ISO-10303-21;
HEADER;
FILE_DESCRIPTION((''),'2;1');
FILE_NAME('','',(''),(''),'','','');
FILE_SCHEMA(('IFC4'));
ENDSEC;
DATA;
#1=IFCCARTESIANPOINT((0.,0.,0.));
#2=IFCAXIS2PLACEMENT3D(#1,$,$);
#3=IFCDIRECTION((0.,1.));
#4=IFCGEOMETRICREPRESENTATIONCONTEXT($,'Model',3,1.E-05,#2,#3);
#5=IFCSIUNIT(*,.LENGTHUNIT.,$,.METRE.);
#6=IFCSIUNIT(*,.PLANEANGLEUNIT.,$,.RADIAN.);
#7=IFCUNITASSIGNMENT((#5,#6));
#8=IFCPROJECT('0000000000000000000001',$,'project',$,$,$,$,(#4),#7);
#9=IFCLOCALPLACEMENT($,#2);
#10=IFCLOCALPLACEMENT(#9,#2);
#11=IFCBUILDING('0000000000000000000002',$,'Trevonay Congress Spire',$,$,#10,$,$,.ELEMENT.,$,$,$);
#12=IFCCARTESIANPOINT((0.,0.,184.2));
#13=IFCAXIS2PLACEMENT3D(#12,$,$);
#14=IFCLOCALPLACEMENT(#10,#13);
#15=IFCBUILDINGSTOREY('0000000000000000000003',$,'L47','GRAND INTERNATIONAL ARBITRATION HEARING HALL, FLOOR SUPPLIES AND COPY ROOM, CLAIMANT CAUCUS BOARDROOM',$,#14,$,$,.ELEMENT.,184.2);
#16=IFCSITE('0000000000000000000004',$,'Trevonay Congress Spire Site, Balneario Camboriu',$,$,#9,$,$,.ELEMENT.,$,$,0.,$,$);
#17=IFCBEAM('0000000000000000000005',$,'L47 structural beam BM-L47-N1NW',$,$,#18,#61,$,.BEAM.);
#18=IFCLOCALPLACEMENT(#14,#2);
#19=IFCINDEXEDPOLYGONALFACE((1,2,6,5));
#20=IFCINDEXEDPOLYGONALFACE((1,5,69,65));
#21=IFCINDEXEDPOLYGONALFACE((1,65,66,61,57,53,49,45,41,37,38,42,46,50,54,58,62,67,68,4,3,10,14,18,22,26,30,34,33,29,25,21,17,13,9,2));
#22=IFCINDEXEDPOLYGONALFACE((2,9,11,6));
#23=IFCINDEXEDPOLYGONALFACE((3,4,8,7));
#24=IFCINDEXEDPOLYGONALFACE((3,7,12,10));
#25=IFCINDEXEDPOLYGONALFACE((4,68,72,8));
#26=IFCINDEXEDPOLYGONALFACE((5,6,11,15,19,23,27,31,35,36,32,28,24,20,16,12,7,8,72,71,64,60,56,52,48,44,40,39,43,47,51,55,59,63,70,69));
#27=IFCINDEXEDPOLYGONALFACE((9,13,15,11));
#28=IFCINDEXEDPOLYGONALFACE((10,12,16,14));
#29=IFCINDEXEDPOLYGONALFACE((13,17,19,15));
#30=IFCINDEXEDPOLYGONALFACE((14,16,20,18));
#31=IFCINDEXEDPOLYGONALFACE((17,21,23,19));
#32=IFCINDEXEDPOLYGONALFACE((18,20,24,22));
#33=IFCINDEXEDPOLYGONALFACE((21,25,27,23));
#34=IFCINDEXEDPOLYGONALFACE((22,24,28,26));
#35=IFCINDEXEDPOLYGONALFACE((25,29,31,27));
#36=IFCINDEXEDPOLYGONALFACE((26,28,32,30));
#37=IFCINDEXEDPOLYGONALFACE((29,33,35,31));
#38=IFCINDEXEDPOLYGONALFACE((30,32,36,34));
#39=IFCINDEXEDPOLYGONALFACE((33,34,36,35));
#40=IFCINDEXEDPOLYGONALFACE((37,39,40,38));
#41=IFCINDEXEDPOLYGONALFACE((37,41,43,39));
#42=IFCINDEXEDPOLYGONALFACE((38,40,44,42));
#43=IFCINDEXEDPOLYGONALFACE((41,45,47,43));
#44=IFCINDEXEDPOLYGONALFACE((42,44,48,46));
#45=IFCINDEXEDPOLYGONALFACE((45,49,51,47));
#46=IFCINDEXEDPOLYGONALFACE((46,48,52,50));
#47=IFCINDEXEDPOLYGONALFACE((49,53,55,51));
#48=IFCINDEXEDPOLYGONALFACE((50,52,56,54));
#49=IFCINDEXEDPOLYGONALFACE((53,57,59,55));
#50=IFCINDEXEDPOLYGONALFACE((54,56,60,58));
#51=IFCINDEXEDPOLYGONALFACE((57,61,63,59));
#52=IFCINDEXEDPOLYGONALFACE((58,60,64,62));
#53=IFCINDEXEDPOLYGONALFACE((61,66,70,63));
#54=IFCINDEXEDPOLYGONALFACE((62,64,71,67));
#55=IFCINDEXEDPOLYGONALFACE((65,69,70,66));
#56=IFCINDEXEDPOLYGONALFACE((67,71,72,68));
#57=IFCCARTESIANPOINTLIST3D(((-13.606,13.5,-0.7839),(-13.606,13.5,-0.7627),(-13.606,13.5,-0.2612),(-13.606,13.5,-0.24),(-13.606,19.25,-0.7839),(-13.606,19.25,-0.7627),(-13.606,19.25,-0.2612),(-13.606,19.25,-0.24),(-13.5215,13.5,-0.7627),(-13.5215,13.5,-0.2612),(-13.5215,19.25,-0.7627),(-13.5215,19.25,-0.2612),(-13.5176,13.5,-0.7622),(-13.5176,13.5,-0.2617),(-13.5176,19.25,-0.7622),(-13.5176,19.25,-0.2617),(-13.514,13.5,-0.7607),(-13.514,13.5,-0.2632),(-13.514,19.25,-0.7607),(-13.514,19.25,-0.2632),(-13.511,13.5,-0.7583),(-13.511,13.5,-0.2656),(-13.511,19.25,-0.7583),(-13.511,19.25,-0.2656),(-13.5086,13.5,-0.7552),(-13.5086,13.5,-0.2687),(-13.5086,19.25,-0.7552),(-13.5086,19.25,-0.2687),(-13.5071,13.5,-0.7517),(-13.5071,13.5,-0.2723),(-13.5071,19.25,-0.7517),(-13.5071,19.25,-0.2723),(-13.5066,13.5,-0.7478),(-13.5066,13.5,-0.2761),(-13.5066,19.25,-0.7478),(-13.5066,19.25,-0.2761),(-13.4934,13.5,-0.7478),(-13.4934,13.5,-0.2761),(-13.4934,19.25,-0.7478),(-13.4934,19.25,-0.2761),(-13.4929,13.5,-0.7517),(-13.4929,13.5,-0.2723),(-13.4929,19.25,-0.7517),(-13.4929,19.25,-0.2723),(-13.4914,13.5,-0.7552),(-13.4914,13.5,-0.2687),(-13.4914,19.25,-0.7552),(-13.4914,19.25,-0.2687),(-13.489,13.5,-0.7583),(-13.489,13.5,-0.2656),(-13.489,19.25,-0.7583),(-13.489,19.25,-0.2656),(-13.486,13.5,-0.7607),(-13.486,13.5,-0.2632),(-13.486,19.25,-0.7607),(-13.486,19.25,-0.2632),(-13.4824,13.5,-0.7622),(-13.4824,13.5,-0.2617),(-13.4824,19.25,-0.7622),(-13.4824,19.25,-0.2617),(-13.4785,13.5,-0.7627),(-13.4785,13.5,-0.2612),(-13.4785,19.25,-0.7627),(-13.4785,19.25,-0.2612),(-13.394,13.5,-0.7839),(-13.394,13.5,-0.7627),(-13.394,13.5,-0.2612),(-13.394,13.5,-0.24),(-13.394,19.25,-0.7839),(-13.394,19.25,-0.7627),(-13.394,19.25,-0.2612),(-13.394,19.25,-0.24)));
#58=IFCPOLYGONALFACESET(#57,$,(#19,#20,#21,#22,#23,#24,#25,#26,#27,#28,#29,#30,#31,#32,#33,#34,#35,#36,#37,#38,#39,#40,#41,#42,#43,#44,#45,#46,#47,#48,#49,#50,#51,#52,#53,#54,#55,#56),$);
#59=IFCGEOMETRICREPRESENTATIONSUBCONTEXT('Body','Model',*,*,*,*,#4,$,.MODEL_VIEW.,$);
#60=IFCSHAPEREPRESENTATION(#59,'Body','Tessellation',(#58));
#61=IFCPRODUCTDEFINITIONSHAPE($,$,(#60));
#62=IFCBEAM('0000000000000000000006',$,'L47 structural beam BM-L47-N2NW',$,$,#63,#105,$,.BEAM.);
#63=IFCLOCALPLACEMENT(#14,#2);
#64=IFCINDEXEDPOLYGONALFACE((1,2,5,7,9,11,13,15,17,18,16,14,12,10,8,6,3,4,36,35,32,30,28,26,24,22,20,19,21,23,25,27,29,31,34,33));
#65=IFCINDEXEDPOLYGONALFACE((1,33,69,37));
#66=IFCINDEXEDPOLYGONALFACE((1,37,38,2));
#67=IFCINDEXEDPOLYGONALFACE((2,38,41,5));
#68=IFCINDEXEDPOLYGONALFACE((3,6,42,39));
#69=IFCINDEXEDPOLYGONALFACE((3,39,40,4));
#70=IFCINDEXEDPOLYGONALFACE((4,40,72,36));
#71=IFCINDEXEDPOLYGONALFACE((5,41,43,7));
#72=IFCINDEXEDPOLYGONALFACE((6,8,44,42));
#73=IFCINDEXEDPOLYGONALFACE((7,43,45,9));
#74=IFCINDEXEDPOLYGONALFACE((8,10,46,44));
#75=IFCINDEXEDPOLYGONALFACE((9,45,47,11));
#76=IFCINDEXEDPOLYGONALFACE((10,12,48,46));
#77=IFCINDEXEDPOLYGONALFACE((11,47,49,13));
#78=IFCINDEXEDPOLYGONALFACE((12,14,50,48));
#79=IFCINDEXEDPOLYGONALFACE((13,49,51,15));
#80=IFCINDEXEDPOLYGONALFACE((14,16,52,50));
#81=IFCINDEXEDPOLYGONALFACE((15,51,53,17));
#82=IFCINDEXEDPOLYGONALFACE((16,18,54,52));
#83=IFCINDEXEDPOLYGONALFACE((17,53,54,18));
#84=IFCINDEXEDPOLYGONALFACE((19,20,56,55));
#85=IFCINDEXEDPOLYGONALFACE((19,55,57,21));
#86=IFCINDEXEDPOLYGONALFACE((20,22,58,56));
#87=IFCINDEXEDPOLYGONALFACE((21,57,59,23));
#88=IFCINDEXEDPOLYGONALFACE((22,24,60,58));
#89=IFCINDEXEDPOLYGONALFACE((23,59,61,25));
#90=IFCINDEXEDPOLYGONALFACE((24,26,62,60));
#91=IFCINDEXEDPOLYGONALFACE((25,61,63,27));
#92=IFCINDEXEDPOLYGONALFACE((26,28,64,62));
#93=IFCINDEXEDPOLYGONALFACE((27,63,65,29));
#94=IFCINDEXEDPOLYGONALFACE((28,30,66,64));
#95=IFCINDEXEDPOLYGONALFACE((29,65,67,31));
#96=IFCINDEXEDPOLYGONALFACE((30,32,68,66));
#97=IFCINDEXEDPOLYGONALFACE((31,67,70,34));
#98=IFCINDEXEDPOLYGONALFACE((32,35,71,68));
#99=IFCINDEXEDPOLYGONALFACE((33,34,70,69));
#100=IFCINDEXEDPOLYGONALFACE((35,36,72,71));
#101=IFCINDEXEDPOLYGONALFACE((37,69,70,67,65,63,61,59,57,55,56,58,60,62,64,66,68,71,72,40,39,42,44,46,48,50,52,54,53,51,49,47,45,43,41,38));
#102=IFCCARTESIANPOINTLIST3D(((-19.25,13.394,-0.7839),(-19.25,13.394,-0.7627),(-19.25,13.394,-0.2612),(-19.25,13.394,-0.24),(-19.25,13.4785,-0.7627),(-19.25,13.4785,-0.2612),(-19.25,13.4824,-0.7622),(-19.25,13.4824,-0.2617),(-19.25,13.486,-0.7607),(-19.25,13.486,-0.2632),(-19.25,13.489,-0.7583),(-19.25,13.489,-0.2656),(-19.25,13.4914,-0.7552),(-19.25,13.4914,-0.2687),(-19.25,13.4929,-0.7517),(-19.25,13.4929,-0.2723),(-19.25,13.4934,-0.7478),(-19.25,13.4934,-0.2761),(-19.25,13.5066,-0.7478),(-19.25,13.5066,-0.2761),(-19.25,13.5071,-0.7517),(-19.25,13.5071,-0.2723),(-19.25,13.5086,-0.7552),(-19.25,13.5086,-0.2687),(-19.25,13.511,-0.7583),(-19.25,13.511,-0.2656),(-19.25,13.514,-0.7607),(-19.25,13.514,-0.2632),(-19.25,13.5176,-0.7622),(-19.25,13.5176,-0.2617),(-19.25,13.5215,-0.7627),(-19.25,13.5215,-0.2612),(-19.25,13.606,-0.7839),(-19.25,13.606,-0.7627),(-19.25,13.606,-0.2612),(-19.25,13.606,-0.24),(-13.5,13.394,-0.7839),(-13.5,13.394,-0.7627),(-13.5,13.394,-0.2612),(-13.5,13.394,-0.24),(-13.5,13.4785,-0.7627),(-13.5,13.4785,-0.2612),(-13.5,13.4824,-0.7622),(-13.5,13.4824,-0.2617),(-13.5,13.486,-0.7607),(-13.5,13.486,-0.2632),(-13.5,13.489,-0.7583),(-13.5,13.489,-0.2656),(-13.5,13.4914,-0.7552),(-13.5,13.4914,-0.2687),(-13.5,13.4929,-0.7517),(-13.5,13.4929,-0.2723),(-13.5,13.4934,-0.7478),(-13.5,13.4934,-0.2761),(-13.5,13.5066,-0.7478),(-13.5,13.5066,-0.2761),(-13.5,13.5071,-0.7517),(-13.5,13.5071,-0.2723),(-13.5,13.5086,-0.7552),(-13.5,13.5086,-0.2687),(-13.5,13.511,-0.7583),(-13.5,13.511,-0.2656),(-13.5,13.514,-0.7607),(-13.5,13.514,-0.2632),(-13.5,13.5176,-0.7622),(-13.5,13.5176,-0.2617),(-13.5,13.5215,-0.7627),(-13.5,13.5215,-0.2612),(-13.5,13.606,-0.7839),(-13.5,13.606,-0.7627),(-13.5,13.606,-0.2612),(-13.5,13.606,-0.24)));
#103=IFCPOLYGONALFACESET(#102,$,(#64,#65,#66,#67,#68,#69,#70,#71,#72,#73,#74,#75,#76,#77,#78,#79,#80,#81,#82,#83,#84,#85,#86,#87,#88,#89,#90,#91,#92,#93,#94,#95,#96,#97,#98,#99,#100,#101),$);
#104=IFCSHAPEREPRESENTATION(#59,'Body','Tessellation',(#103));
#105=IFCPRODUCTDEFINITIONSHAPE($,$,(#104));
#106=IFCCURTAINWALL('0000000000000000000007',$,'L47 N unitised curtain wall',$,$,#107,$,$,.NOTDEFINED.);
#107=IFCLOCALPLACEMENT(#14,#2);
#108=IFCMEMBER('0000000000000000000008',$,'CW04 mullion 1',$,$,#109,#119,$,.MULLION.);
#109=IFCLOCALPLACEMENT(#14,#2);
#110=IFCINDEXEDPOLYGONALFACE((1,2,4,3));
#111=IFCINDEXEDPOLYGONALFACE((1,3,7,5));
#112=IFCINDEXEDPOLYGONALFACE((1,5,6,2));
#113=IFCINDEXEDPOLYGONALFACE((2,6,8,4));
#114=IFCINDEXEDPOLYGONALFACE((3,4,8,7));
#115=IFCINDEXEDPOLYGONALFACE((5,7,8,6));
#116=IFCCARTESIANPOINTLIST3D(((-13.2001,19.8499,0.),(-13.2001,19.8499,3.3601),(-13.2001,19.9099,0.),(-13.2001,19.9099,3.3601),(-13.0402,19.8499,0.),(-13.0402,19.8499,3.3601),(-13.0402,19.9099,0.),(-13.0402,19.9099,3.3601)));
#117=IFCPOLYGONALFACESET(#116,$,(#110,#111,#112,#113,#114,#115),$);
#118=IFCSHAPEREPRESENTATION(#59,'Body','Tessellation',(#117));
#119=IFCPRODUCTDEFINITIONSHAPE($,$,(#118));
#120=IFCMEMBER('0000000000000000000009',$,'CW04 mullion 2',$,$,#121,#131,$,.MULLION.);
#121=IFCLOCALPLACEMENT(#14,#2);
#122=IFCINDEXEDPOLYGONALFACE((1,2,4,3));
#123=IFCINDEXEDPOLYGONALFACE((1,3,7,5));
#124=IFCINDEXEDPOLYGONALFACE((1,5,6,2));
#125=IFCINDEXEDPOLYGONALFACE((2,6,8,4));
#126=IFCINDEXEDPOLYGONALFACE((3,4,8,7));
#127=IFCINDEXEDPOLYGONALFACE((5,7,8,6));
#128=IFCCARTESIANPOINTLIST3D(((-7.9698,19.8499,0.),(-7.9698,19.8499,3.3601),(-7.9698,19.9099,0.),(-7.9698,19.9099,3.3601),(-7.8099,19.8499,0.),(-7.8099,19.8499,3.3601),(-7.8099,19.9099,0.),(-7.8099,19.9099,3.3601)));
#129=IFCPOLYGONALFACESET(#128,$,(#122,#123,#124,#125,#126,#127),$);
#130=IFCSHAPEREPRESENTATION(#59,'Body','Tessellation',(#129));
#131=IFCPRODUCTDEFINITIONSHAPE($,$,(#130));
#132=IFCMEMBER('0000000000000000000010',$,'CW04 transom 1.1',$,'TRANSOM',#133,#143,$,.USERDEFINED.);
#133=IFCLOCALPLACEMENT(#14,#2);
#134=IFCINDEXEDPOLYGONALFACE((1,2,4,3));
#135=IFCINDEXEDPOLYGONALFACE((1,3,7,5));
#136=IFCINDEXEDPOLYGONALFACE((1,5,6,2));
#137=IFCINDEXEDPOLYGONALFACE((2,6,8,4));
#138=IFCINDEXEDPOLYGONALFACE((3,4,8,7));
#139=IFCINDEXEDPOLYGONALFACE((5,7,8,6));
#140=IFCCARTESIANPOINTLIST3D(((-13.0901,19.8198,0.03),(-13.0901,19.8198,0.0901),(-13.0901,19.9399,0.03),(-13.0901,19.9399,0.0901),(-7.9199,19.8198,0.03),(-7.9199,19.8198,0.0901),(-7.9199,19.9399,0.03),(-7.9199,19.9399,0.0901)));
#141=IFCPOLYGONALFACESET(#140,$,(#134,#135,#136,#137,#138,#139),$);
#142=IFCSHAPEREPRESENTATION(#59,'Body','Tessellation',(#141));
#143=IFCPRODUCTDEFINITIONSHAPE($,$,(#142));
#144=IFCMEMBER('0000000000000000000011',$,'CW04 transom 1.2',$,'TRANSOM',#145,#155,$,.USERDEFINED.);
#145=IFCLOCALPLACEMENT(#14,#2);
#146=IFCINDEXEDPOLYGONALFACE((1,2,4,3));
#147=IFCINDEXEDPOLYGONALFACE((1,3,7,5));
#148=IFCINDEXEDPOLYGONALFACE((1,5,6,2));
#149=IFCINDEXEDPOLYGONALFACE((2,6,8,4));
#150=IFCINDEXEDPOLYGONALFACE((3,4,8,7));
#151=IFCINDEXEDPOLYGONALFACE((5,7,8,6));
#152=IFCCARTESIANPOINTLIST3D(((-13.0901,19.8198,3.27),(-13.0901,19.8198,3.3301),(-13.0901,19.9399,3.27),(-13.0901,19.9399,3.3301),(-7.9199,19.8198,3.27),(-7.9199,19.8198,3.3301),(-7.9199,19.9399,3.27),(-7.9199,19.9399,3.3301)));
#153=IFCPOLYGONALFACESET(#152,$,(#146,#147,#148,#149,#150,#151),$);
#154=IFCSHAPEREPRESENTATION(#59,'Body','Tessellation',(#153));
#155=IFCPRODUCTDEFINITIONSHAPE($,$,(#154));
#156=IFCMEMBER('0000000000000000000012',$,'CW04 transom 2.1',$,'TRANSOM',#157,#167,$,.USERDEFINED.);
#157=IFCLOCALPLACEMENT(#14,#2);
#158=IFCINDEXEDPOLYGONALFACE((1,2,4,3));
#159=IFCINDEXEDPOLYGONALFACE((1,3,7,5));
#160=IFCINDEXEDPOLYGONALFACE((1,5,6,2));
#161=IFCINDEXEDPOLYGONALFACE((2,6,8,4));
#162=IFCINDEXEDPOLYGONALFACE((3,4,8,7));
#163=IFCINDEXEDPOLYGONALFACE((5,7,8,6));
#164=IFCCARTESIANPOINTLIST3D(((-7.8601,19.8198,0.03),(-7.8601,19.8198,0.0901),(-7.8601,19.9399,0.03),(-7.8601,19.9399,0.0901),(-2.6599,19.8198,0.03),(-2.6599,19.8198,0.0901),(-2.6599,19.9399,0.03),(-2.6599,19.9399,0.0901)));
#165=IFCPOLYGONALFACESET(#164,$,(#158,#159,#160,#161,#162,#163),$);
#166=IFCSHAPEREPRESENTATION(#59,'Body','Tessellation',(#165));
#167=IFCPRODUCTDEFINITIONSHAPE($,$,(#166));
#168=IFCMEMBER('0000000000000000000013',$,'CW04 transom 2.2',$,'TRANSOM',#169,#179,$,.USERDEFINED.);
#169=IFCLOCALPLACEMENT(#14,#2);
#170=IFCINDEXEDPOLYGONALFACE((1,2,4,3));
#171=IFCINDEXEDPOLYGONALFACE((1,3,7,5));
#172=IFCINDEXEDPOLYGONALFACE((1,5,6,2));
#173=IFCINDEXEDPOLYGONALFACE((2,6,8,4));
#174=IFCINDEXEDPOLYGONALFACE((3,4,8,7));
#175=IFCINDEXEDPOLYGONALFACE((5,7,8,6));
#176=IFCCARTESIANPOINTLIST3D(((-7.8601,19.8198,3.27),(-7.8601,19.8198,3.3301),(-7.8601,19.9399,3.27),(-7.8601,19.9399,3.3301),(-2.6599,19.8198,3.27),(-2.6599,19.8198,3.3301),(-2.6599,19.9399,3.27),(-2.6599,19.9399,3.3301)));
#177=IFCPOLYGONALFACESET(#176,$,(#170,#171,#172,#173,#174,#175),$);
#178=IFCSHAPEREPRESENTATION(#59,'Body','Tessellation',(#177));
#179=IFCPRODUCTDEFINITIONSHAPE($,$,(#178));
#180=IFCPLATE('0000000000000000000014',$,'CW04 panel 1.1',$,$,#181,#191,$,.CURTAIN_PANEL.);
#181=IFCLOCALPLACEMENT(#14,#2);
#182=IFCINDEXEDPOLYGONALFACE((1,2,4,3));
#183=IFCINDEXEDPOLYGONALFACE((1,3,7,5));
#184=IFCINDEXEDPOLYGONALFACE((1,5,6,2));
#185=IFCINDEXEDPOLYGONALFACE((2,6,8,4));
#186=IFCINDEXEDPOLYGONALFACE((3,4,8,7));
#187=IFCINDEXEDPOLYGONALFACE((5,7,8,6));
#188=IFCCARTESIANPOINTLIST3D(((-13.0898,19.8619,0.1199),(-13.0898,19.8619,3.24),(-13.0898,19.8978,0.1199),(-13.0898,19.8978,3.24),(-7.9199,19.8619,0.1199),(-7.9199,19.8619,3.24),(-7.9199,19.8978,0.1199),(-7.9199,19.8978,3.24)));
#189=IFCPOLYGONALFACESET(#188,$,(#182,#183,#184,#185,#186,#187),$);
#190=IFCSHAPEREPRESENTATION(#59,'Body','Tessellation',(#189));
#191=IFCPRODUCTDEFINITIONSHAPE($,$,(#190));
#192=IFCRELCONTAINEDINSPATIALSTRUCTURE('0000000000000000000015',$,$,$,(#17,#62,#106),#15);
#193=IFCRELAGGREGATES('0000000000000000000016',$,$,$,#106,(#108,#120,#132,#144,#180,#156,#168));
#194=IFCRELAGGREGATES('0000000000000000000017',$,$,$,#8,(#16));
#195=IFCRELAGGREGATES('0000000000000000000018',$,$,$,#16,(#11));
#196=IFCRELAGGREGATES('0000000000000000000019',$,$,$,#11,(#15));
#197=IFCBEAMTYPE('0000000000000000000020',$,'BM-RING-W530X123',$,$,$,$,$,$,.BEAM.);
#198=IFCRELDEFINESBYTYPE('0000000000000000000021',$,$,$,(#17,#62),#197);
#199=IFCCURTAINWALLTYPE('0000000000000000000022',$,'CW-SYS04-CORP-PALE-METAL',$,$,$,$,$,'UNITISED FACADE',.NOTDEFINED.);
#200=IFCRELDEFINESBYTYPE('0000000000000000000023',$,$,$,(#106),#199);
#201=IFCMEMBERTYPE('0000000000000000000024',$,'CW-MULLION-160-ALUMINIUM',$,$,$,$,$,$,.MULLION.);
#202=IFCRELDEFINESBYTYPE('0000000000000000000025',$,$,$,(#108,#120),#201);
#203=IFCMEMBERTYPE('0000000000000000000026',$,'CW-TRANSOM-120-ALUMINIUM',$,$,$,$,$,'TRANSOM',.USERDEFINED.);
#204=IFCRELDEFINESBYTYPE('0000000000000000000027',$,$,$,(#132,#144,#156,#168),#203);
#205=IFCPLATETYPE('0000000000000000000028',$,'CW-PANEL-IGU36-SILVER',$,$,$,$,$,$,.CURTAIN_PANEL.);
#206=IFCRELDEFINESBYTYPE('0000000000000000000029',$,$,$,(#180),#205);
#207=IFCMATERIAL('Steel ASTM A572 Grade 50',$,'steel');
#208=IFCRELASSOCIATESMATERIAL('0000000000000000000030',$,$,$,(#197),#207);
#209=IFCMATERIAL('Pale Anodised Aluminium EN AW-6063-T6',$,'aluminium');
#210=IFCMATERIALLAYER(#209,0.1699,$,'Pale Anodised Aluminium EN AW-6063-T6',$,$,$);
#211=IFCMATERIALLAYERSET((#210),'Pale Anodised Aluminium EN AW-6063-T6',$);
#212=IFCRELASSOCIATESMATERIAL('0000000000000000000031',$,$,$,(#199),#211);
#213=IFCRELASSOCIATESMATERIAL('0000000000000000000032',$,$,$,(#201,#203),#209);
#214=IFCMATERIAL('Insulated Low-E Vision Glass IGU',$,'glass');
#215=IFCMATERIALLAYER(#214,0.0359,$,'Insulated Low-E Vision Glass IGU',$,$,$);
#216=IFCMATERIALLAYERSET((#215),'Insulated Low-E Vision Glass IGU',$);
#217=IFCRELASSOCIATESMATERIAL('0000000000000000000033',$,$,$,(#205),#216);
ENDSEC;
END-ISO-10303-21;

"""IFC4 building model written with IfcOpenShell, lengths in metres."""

from ifc_helpers import new_model, si_unit, direction, frame, origin, origin_2d, place, context, subcontext, project, spatial, rectangle, i_section, extrude, material, layer, layer_set, material_profile, profile_set, type_object, element, aggregate, save


model = new_model("IFC4")

# Units and contexts
model_context = context("Model", 3, precision=1e-05, world=origin(), true_north=direction((0.0, 1.0)))
body_context = subcontext(model_context, "Body", "Model", "MODEL_VIEW")
ifc_project = project(units=[si_unit("LENGTHUNIT", "METRE"), si_unit("PLANEANGLEUNIT", "RADIAN")], contexts=[model_context])

# Site, building, storey
site_placement = place(None, origin())
site = spatial("IfcSite", under=ifc_project, at=site_placement, Name="Trevonay Congress Spire Site, Balneario Camboriu", CompositionType="ELEMENT", RefElevation=0.0)
building_placement = place(site_placement, origin())
building = spatial("IfcBuilding", under=site, at=building_placement, Name="Trevonay Congress Spire", CompositionType="ELEMENT")
storey_placement = place(building_placement, frame((0.0, 0.0, 184.2)))
storey = spatial("IfcBuildingStorey", under=building, at=storey_placement, Name="L47", Description="GRAND INTERNATIONAL ARBITRATION HEARING HALL, FLOOR SUPPLIES AND COPY ROOM, CLAIMANT CAUCUS BOARDROOM", CompositionType="ELEMENT", Elevation=184.2)

# Shared definitions
ifc_material_1 = material(Name="Steel ASTM A572 Grade 50", Category="steel")

# Beams
ifc_material_profile_1 = material_profile(ifc_material_1, i_section(OverallWidth=0.2119, OverallDepth=0.5439, WebThickness=0.0132, FlangeThickness=0.0212, FilletRadius=0.0149, at=origin_2d()), Name="W530x123")
ifc_profile_set_1 = profile_set([ifc_material_profile_1], Name="Steel ASTM A572 Grade 50")
beam_type = type_object("IfcBeamType", Name="BM-RING-W530X123", PredefinedType="BEAM", material=ifc_profile_set_1)
for number, where, z_axis, x_axis, name in (
    (1, (-13.5, 19.25, -0.512), (0.0, -1.0, 0.0), (1.0, 0.0, 0.0), "L47 structural beam BM-L47-N1NW"),
    (2, (-19.25, 13.5, -0.512), (1.0, 0.0, 0.0), (0.0, 1.0, 0.0), "L47 structural beam BM-L47-N2NW"),
):
    element("IfcBeam", number, at=place(storey_placement, frame(where, z_axis=z_axis, x_axis=x_axis)), inside=storey, type_object=beam_type, Name=name, PredefinedType="BEAM", context=body_context, shape_type="SweptSolid", body=[
        extrude(i_section(OverallWidth=0.2119, OverallDepth=0.5439, WebThickness=0.0132, FlangeThickness=0.0212, FilletRadius=0.0149, at=origin_2d()), origin(), (0.0, 0.0, 1.0), 5.75),
    ])

# Curtain wall, members, plate
ifc_material_2 = material(Name="Pale Anodised Aluminium EN AW-6063-T6", Category="aluminium")
ifc_layer_1 = layer(ifc_material_2, 0.1699, Name="Pale Anodised Aluminium EN AW-6063-T6")
ifc_layer_set_1 = layer_set([ifc_layer_1], Name="Pale Anodised Aluminium EN AW-6063-T6")
curtain_wall_type = type_object("IfcCurtainWallType", Name="CW-SYS04-CORP-PALE-METAL", ElementType="UNITISED FACADE", PredefinedType="NOTDEFINED", material=ifc_layer_set_1)
curtain_wall_placement = place(storey_placement, origin())
curtain_wall = element("IfcCurtainWall", 3, at=curtain_wall_placement, inside=storey, type_object=curtain_wall_type, Name="L47 N unitised curtain wall", PredefinedType="NOTDEFINED")
ifc_material_profile_2 = material_profile(ifc_material_2, rectangle(XDim=0.0601, YDim=0.1599, at=origin_2d()), Name="CW-MULLION-160-ALUMINIUM")
ifc_profile_set_2 = profile_set([ifc_material_profile_2], Name="Pale Anodised Aluminium EN AW-6063-T6")
member_type_1 = type_object("IfcMemberType", Name="CW-MULLION-160-ALUMINIUM", PredefinedType="MULLION", material=ifc_profile_set_2)
member_1_placement = place(storey_placement, frame((-13.1201, 19.8799, 0.0), z_axis=(0.0, 0.0, 1.0), x_axis=(0.0, 1.0, 0.0)))
member_1 = element("IfcMember", 4, at=member_1_placement, type_object=member_type_1, Name="CW04 mullion 1", PredefinedType="MULLION", context=body_context, shape_type="SweptSolid", body=[
    extrude(rectangle(XDim=0.0601, YDim=0.1599, at=origin_2d()), origin(), (0.0, 0.0, 1.0), 3.3601),
])
member_2_placement = place(storey_placement, frame((-7.8899, 19.8799, 0.0), z_axis=(0.0, 0.0, 1.0), x_axis=(0.0, 1.0, 0.0)))
member_2 = element("IfcMember", 5, at=member_2_placement, type_object=member_type_1, Name="CW04 mullion 2", PredefinedType="MULLION", context=body_context, shape_type="SweptSolid", body=[
    extrude(rectangle(XDim=0.0601, YDim=0.1599, at=origin_2d()), origin(), (0.0, 0.0, 1.0), 3.3601),
])
ifc_material_profile_3 = material_profile(ifc_material_2, rectangle(XDim=0.1201, YDim=0.0601, at=origin_2d()), Name="CW-TRANSOM-120-ALUMINIUM")
ifc_profile_set_3 = profile_set([ifc_material_profile_3], Name="Pale Anodised Aluminium EN AW-6063-T6")
member_type_2 = type_object("IfcMemberType", Name="CW-TRANSOM-120-ALUMINIUM", ElementType="TRANSOM", PredefinedType="USERDEFINED", material=ifc_profile_set_3)
member_3_placement = place(storey_placement, frame((-13.0901, 19.8799, 0.0601), z_axis=(1.0, 0.0, 0.0), x_axis=(0.0, 1.0, 0.0)))
member_3 = element("IfcMember", 6, at=member_3_placement, type_object=member_type_2, Name="CW04 transom 1.1", ObjectType="TRANSOM", PredefinedType="USERDEFINED", context=body_context, shape_type="SweptSolid", body=[
    extrude(rectangle(XDim=0.1201, YDim=0.0601, at=origin_2d()), origin(), (0.0, 0.0, 1.0), 5.1702),
])
member_4_placement = place(storey_placement, frame((-13.0901, 19.8799, 3.3), z_axis=(1.0, 0.0, 0.0), x_axis=(0.0, 1.0, 0.0)))
member_4 = element("IfcMember", 7, at=member_4_placement, type_object=member_type_2, Name="CW04 transom 1.2", ObjectType="TRANSOM", PredefinedType="USERDEFINED", context=body_context, shape_type="SweptSolid", body=[
    extrude(rectangle(XDim=0.1201, YDim=0.0601, at=origin_2d()), origin(), (0.0, 0.0, 1.0), 5.1702),
])
member_5_placement = place(storey_placement, frame((-7.8601, 19.8799, 0.0601), z_axis=(1.0, 0.0, 0.0), x_axis=(0.0, 1.0, 0.0)))
member_5 = element("IfcMember", 8, at=member_5_placement, type_object=member_type_2, Name="CW04 transom 2.1", ObjectType="TRANSOM", PredefinedType="USERDEFINED", context=body_context, shape_type="SweptSolid", body=[
    extrude(rectangle(XDim=0.1201, YDim=0.0601, at=origin_2d()), origin(), (0.0, 0.0, 1.0), 5.2002),
])
member_6_placement = place(storey_placement, frame((-7.8601, 19.8799, 3.3), z_axis=(1.0, 0.0, 0.0), x_axis=(0.0, 1.0, 0.0)))
member_6 = element("IfcMember", 9, at=member_6_placement, type_object=member_type_2, Name="CW04 transom 2.2", ObjectType="TRANSOM", PredefinedType="USERDEFINED", context=body_context, shape_type="SweptSolid", body=[
    extrude(rectangle(XDim=0.1201, YDim=0.0601, at=origin_2d()), origin(), (0.0, 0.0, 1.0), 5.2002),
])
ifc_material_3 = material(Name="Insulated Low-E Vision Glass IGU", Category="glass")
ifc_layer_2 = layer(ifc_material_3, 0.0359, Name="Insulated Low-E Vision Glass IGU")
ifc_layer_set_2 = layer_set([ifc_layer_2], Name="Insulated Low-E Vision Glass IGU")
plate_type = type_object("IfcPlateType", Name="CW-PANEL-IGU36-SILVER", PredefinedType="CURTAIN_PANEL", material=ifc_layer_set_2)
plate_placement = place(storey_placement, frame((-10.5049, 19.8799, 0.1199), z_axis=(0.0, 0.0, 1.0), x_axis=(1.0, 0.0, 0.0)))
plate = element("IfcPlate", 10, at=plate_placement, type_object=plate_type, Name="CW04 panel 1.1", PredefinedType="CURTAIN_PANEL", context=body_context, shape_type="SweptSolid", body=[
    extrude(rectangle(XDim=5.1699, YDim=0.0359, at=origin_2d()), origin(), (0.0, 0.0, 1.0), 3.1201),
])
aggregate(curtain_wall, [member_1, member_2, member_3, member_4, plate, member_5, member_6])

save(model, "model.ifc")
